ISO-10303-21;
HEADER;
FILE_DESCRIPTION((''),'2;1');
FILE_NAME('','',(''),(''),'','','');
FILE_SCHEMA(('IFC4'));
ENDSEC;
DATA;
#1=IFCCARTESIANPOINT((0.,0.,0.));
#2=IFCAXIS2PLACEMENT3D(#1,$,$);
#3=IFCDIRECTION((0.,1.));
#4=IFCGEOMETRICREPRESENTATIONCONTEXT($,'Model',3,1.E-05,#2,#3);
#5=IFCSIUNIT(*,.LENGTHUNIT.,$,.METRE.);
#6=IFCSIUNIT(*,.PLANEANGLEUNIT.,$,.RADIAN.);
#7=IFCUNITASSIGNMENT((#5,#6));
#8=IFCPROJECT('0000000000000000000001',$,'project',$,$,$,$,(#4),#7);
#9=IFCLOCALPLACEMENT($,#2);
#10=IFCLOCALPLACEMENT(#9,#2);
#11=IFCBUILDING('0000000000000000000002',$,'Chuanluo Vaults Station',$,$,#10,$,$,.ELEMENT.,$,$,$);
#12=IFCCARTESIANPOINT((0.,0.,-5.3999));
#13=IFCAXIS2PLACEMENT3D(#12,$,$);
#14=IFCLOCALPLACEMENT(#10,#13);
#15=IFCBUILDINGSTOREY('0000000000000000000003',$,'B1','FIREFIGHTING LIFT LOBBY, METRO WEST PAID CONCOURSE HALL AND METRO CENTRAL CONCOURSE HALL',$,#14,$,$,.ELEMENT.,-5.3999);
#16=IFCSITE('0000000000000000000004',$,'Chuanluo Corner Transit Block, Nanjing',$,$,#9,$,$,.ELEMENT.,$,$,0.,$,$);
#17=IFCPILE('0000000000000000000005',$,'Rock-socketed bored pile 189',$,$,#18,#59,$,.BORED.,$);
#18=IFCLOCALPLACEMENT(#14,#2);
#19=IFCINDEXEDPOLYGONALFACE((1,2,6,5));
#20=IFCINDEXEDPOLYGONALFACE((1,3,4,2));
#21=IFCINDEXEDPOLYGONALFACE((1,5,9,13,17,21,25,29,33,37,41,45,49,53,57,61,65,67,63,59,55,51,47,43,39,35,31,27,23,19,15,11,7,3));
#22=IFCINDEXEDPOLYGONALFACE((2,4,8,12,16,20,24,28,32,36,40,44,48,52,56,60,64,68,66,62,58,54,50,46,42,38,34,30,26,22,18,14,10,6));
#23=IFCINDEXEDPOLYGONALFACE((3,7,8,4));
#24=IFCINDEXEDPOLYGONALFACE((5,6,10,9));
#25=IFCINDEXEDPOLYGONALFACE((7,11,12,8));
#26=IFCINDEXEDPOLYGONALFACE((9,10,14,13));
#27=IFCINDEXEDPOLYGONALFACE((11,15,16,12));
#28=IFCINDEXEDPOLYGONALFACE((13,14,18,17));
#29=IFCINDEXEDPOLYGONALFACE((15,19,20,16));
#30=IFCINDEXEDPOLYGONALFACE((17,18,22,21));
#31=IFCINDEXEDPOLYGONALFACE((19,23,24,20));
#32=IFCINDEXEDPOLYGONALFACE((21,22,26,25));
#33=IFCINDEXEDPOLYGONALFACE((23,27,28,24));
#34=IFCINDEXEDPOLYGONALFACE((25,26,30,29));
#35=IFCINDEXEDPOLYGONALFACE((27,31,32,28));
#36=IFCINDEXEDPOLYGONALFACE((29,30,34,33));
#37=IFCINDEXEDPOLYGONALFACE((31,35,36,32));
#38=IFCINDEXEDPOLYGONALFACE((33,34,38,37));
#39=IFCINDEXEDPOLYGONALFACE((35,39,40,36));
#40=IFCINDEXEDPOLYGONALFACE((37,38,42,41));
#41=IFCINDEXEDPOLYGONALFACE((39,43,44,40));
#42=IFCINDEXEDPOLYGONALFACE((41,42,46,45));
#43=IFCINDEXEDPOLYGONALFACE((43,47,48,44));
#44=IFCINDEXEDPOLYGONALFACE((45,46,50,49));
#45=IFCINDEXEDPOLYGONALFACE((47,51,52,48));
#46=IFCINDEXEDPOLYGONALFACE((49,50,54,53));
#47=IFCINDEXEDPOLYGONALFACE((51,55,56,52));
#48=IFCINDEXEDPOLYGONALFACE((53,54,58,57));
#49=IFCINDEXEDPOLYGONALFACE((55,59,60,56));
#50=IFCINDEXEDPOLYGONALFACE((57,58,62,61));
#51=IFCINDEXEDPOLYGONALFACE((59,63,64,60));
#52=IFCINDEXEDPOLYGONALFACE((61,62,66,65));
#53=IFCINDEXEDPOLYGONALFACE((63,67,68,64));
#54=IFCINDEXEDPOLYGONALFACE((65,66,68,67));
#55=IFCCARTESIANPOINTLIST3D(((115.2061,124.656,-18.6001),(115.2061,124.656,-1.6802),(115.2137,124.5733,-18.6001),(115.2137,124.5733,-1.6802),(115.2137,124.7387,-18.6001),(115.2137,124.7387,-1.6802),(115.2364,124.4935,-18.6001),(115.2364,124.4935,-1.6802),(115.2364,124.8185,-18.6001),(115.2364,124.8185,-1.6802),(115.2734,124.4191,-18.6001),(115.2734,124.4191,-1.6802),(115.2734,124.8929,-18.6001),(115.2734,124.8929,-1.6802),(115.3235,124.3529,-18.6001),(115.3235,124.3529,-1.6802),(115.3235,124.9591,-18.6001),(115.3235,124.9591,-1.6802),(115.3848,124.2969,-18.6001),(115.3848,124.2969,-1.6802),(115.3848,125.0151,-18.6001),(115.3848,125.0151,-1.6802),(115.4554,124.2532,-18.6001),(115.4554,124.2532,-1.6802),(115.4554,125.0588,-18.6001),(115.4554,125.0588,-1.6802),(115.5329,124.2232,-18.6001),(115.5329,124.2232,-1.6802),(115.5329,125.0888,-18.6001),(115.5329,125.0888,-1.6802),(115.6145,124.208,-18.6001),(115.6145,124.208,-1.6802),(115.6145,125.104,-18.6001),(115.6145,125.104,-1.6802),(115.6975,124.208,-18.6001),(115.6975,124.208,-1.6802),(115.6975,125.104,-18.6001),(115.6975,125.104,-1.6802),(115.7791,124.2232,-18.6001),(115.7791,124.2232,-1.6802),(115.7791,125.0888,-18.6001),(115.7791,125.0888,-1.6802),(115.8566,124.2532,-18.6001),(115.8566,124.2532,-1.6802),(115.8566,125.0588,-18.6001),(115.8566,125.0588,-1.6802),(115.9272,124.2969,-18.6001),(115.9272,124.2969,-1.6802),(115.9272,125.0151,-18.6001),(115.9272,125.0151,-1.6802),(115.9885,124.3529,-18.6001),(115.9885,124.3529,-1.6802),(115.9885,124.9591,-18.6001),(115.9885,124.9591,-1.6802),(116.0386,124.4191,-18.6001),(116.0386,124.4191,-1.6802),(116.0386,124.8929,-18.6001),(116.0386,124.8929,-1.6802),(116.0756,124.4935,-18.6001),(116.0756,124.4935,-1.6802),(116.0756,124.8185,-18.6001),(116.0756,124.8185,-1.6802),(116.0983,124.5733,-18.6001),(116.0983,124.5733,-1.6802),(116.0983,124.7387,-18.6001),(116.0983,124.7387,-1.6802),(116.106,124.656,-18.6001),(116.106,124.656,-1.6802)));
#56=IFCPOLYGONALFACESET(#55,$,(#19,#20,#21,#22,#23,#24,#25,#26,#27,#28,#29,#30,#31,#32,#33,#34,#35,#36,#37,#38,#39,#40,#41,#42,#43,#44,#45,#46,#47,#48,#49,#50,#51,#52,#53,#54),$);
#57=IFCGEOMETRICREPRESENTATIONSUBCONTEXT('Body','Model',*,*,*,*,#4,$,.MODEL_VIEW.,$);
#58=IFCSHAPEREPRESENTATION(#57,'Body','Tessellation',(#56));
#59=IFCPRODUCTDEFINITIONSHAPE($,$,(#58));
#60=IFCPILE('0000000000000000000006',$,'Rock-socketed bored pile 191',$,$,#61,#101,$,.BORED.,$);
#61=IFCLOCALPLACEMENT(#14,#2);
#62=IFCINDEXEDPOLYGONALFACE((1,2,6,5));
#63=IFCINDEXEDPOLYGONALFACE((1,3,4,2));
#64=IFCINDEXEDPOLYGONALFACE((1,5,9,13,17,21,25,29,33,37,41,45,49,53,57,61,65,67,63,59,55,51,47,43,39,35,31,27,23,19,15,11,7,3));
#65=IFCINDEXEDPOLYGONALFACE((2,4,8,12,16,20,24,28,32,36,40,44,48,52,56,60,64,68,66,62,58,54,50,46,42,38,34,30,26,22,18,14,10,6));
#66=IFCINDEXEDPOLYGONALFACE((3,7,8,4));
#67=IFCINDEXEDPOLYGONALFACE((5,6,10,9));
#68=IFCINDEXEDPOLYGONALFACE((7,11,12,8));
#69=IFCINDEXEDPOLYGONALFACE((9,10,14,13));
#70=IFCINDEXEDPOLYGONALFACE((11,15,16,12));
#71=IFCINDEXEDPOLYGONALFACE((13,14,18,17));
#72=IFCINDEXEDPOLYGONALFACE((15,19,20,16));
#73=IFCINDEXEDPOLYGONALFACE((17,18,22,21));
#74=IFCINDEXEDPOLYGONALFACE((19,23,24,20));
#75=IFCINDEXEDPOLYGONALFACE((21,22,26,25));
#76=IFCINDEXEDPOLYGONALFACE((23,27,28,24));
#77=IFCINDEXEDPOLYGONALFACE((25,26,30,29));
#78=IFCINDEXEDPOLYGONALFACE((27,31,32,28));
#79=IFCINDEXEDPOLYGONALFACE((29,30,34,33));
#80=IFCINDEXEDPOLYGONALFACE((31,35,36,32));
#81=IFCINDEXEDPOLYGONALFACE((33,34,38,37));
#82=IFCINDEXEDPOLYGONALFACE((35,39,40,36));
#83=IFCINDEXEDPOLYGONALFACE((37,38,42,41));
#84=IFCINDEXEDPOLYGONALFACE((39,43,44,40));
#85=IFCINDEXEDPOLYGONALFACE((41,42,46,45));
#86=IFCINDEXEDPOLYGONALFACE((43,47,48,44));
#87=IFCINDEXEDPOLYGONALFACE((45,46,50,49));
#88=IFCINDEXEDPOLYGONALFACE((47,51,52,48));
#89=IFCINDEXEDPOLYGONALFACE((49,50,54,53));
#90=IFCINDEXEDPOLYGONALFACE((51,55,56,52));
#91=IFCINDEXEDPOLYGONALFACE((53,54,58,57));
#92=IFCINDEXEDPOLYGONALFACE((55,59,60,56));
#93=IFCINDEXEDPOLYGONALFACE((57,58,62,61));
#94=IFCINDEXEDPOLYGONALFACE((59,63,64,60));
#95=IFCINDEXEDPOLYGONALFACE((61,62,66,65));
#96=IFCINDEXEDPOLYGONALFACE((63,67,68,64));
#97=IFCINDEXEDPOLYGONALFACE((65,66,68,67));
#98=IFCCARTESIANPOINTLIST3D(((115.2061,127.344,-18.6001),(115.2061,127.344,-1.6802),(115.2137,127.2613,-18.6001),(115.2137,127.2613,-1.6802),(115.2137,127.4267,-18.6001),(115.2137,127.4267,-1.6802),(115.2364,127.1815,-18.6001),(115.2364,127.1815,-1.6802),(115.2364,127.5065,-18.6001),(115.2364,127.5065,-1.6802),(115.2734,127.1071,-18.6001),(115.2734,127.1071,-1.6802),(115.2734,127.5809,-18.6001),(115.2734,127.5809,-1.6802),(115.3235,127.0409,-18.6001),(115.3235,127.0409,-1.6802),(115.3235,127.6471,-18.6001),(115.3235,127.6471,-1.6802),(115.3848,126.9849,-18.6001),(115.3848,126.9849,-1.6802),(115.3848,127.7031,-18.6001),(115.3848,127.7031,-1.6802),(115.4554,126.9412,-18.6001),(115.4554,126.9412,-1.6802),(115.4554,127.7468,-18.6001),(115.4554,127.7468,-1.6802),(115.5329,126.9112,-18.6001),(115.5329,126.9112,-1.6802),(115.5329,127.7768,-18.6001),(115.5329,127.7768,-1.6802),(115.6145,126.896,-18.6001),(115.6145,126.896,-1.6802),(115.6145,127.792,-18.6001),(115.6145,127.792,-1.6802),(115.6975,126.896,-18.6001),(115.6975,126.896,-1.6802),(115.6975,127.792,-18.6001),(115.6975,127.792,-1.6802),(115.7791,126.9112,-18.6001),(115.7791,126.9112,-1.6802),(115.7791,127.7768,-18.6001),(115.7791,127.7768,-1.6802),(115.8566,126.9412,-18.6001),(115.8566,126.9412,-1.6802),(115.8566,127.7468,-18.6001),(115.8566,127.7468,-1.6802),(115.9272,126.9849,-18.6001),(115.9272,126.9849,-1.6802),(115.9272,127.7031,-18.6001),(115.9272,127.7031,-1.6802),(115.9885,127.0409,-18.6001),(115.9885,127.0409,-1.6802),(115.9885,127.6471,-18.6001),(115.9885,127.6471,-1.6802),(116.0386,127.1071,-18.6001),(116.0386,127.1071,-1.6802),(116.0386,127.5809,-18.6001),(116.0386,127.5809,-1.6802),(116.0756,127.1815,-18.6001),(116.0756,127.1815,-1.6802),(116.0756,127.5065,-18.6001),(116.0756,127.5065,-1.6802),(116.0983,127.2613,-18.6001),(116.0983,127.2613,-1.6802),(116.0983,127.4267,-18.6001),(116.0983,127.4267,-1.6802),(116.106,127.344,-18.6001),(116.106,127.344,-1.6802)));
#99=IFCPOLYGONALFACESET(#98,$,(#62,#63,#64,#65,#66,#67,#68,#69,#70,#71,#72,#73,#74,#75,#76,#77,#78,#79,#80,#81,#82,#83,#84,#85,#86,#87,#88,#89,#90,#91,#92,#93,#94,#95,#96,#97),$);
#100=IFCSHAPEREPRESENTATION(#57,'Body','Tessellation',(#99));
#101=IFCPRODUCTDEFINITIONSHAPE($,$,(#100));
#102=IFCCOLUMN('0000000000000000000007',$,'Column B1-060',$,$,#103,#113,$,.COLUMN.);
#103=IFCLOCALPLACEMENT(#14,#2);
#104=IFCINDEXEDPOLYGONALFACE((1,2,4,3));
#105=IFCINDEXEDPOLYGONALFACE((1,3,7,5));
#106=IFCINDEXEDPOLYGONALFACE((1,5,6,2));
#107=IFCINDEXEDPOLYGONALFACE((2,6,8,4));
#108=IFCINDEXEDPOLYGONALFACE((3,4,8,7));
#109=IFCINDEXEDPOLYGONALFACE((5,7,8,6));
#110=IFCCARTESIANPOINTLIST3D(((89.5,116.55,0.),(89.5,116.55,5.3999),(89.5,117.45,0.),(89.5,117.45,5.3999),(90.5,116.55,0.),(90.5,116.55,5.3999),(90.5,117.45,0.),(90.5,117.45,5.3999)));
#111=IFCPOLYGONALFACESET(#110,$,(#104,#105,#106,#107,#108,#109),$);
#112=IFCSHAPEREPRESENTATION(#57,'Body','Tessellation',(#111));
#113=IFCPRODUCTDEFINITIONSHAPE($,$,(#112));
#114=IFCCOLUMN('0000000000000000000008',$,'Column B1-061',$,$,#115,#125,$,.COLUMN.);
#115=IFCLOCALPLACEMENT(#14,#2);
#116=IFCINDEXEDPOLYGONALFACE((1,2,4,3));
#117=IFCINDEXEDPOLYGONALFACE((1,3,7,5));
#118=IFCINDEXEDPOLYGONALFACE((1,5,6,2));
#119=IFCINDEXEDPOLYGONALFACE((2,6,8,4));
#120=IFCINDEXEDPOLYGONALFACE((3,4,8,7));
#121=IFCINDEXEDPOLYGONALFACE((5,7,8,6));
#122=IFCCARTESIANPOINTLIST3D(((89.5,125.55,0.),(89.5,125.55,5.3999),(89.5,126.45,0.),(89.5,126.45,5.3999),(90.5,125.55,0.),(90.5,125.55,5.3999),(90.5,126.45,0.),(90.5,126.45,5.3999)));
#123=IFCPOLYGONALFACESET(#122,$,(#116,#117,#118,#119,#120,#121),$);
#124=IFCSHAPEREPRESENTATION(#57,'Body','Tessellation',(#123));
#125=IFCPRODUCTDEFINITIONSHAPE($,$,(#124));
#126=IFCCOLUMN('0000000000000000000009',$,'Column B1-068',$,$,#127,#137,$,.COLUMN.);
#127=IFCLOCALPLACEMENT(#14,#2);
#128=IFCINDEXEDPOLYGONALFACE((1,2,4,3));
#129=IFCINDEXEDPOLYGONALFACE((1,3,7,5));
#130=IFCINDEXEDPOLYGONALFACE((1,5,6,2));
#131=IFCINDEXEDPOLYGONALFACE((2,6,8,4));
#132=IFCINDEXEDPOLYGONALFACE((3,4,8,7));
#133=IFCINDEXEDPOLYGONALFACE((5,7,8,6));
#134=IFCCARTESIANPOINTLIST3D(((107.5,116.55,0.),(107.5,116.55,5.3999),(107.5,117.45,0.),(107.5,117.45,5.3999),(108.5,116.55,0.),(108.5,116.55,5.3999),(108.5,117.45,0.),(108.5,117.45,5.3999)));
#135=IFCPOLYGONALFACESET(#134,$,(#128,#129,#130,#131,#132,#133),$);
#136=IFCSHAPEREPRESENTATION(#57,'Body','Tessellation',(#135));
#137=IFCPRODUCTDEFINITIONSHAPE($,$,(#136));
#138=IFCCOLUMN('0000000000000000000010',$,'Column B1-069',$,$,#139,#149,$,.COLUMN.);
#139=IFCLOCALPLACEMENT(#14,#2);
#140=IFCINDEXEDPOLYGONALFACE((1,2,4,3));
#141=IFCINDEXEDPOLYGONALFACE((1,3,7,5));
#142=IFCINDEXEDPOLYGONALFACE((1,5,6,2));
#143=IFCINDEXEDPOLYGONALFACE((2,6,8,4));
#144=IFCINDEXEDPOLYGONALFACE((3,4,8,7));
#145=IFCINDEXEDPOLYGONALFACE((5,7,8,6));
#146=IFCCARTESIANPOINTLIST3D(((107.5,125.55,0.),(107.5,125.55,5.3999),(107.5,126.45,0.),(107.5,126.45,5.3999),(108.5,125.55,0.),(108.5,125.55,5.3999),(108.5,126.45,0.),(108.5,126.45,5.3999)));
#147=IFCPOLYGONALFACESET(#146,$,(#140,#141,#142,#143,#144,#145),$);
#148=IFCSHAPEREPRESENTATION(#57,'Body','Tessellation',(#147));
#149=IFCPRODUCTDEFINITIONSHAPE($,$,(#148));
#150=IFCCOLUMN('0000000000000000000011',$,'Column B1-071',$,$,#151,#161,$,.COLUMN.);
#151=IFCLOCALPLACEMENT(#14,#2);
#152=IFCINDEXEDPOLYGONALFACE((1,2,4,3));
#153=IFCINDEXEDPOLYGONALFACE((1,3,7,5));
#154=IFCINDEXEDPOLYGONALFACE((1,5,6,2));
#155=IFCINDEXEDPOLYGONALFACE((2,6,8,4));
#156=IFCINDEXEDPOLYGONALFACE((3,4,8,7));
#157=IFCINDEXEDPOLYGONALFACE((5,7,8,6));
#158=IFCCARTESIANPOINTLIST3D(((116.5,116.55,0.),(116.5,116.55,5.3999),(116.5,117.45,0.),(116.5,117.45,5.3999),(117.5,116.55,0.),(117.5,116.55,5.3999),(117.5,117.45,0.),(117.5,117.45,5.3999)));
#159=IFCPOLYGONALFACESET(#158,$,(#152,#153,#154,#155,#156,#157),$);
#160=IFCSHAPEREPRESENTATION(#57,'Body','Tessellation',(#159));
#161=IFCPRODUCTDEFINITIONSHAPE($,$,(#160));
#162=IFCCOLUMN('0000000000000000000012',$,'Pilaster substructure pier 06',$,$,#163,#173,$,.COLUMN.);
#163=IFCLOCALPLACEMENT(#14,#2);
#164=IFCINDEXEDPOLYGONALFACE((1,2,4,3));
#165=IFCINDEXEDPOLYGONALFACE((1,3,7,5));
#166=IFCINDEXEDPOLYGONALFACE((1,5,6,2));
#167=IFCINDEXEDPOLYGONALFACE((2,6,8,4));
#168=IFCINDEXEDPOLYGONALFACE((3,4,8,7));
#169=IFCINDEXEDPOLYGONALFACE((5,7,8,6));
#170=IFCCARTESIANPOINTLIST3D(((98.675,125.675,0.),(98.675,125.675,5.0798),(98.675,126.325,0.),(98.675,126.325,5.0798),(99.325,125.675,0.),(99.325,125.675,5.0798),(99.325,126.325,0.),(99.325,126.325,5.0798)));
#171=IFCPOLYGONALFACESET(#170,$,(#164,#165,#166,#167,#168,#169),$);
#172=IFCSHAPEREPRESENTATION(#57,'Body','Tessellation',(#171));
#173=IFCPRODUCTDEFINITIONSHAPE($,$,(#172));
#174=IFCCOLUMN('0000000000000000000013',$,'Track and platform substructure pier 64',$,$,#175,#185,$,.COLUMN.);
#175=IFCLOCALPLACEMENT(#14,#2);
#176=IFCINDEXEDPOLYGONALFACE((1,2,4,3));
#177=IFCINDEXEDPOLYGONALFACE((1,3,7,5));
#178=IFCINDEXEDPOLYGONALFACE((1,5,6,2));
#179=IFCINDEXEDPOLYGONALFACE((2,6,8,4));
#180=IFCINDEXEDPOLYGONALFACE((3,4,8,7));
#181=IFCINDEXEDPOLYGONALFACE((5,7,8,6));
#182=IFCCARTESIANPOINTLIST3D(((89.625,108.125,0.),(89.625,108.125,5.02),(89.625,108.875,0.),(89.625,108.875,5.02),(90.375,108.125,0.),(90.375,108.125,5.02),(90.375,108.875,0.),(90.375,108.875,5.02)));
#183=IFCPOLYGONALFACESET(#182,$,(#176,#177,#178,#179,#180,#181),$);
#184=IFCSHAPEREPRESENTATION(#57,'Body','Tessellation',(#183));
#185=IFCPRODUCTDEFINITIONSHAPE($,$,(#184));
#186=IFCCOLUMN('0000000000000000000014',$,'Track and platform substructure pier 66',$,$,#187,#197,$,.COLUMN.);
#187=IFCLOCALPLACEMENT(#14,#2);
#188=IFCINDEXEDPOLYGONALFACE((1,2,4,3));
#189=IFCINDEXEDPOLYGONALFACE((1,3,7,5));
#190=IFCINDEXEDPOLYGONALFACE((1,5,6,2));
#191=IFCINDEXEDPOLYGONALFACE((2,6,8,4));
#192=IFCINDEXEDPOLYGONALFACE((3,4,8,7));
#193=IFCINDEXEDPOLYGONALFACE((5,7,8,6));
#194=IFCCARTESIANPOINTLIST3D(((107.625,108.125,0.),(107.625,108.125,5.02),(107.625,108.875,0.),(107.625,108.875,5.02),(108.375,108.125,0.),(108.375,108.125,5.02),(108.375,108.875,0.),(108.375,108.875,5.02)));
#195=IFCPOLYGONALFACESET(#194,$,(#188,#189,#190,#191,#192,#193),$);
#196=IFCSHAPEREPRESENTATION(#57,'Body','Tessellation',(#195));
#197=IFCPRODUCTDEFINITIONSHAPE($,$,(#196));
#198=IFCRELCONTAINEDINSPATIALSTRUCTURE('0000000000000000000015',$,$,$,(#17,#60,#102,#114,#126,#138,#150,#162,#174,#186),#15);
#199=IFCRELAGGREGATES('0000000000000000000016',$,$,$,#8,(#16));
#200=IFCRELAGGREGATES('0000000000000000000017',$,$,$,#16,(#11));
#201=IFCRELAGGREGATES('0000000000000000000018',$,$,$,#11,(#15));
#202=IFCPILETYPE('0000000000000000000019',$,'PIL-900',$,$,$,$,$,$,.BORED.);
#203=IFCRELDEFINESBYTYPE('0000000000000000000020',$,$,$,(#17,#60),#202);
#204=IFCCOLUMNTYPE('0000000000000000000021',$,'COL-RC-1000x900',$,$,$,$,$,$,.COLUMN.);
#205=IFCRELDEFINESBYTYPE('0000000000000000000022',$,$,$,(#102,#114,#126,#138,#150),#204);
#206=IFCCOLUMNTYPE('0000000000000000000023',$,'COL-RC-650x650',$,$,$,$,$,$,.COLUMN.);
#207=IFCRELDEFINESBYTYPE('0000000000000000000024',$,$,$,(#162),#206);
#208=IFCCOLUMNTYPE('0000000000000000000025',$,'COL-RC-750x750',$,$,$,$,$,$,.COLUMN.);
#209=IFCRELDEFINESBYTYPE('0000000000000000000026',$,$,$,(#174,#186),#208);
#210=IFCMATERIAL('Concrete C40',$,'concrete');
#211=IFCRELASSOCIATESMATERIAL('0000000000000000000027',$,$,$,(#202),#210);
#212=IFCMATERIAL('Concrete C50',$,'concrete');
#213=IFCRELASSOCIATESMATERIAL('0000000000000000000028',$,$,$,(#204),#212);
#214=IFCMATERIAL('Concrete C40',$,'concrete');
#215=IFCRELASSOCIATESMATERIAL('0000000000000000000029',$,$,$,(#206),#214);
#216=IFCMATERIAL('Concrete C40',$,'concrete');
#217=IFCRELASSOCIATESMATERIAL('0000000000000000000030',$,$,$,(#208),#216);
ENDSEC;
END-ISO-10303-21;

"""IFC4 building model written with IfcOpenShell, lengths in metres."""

from ifc_helpers import new_model, si_unit, direction, frame, origin, origin_2d, place, context, subcontext, project, spatial, rectangle, circle, extrude, material, material_profile, profile_set, type_object, element, save


model = new_model("IFC4")

# Units and contexts
model_context = context("Model", 3, precision=1e-05, world=origin(), true_north=direction((0.0, 1.0)))
body_context = subcontext(model_context, "Body", "Model", "MODEL_VIEW")
ifc_project = project(units=[si_unit("LENGTHUNIT", "METRE"), si_unit("PLANEANGLEUNIT", "RADIAN")], contexts=[model_context])

# Site, building, storey
site_placement = place(None, origin())
site = spatial("IfcSite", under=ifc_project, at=site_placement, Name="Chuanluo Corner Transit Block, Nanjing", CompositionType="ELEMENT", RefElevation=0.0)
building_placement = place(site_placement, origin())
building = spatial("IfcBuilding", under=site, at=building_placement, Name="Chuanluo Vaults Station", CompositionType="ELEMENT")
storey_placement = place(building_placement, frame((0.0, 0.0, -5.3999)))
storey = spatial("IfcBuildingStorey", under=building, at=storey_placement, Name="B1", Description="FIREFIGHTING LIFT LOBBY, METRO WEST PAID CONCOURSE HALL AND METRO CENTRAL CONCOURSE HALL", CompositionType="ELEMENT", Elevation=-5.3999)

# Piles
ifc_material_1 = material(Name="Concrete C40", Category="concrete")
ifc_material_profile_1 = material_profile(ifc_material_1, circle(Radius=0.45, at=origin_2d()))
ifc_profile_set_1 = profile_set([ifc_material_profile_1], Name="Concrete C40")
pile_type_1 = type_object("IfcPileType", Name="PIL-900", PredefinedType="BORED", material=ifc_profile_set_1)
for number, where, z_axis, x_axis, name in (
    (1, (115.656, 124.656, -1.6802), (0.0, 0.0, -1.0), (1.0, 0.0, 0.0), "Rock-socketed bored pile 189"),
    (2, (115.656, 127.344, -1.6802), (0.0, 0.0, -1.0), (1.0, 0.0, 0.0), "Rock-socketed bored pile 191"),
):
    element("IfcPile", number, at=place(storey_placement, frame(where, z_axis=z_axis, x_axis=x_axis)), inside=storey, type_object=pile_type_1, Name=name, PredefinedType="BORED", context=body_context, shape_type="SweptSolid", body=[
        extrude(circle(Radius=0.45, at=origin_2d()), origin(), (0.0, 0.0, 1.0), 16.9199),
    ])

# Columns
ifc_material_2 = material(Name="Concrete C50", Category="concrete")
ifc_material_profile_2 = material_profile(ifc_material_2, rectangle(XDim=1.0, YDim=0.8999, at=origin_2d()))
ifc_profile_set_2 = profile_set([ifc_material_profile_2], Name="Concrete C50")
column_type_1 = type_object("IfcColumnType", Name="COL-RC-1000x900", PredefinedType="COLUMN", material=ifc_profile_set_2)
for number, where, z_axis, x_axis, name in (
    (3, (90.0, 117.0, 0.0), (0.0, 0.0, 1.0), (1.0, 0.0, 0.0), "Column B1-060"),
    (4, (90.0, 126.0, 0.0), (0.0, 0.0, 1.0), (1.0, 0.0, 0.0), "Column B1-061"),
    (5, (108.0, 117.0, 0.0), (0.0, 0.0, 1.0), (1.0, 0.0, 0.0), "Column B1-068"),
    (6, (108.0, 126.0, 0.0), (0.0, 0.0, 1.0), (1.0, 0.0, 0.0), "Column B1-069"),
    (7, (117.0, 117.0, 0.0), (0.0, 0.0, 1.0), (1.0, 0.0, 0.0), "Column B1-071"),
):
    element("IfcColumn", number, at=place(storey_placement, frame(where, z_axis=z_axis, x_axis=x_axis)), inside=storey, type_object=column_type_1, Name=name, PredefinedType="COLUMN", context=body_context, shape_type="SweptSolid", body=[
        extrude(rectangle(XDim=1.0, YDim=0.8999, at=origin_2d()), origin(), (0.0, 0.0, 1.0), 5.3999),
    ])
ifc_material_3 = material(Name="Concrete C40", Category="concrete")
ifc_material_profile_3 = material_profile(ifc_material_3, rectangle(XDim=0.6499, YDim=0.6499, at=origin_2d()))
ifc_profile_set_3 = profile_set([ifc_material_profile_3], Name="Concrete C40")
column_type_2 = type_object("IfcColumnType", Name="COL-RC-650x650", PredefinedType="COLUMN", material=ifc_profile_set_3)
column_placement = place(storey_placement, frame((99.0, 126.0, 0.0), z_axis=(0.0, 0.0, 1.0), x_axis=(1.0, 0.0, 0.0)))
element("IfcColumn", 8, at=column_placement, inside=storey, type_object=column_type_2, Name="Pilaster substructure pier 06", PredefinedType="COLUMN", context=body_context, shape_type="SweptSolid", body=[
    extrude(rectangle(XDim=0.6499, YDim=0.6499, at=origin_2d()), origin(), (0.0, 0.0, 1.0), 5.0798),
])
ifc_material_4 = material(Name="Concrete C40", Category="concrete")
ifc_material_profile_4 = material_profile(ifc_material_4, rectangle(XDim=0.75, YDim=0.75, at=origin_2d()))
ifc_profile_set_4 = profile_set([ifc_material_profile_4], Name="Concrete C40")
column_type_3 = type_object("IfcColumnType", Name="COL-RC-750x750", PredefinedType="COLUMN", material=ifc_profile_set_4)
for number, where, z_axis, x_axis, name in (
    (9, (90.0, 108.5, 0.0), (0.0, 0.0, 1.0), (1.0, 0.0, 0.0), "Track and platform substructure pier 64"),
    (10, (108.0, 108.5, 0.0), (0.0, 0.0, 1.0), (1.0, 0.0, 0.0), "Track and platform substructure pier 66"),
):
    element("IfcColumn", number, at=place(storey_placement, frame(where, z_axis=z_axis, x_axis=x_axis)), inside=storey, type_object=column_type_3, Name=name, PredefinedType="COLUMN", context=body_context, shape_type="SweptSolid", body=[
        extrude(rectangle(XDim=0.75, YDim=0.75, at=origin_2d()), origin(), (0.0, 0.0, 1.0), 5.02),
    ])

save(model, "model.ifc")
